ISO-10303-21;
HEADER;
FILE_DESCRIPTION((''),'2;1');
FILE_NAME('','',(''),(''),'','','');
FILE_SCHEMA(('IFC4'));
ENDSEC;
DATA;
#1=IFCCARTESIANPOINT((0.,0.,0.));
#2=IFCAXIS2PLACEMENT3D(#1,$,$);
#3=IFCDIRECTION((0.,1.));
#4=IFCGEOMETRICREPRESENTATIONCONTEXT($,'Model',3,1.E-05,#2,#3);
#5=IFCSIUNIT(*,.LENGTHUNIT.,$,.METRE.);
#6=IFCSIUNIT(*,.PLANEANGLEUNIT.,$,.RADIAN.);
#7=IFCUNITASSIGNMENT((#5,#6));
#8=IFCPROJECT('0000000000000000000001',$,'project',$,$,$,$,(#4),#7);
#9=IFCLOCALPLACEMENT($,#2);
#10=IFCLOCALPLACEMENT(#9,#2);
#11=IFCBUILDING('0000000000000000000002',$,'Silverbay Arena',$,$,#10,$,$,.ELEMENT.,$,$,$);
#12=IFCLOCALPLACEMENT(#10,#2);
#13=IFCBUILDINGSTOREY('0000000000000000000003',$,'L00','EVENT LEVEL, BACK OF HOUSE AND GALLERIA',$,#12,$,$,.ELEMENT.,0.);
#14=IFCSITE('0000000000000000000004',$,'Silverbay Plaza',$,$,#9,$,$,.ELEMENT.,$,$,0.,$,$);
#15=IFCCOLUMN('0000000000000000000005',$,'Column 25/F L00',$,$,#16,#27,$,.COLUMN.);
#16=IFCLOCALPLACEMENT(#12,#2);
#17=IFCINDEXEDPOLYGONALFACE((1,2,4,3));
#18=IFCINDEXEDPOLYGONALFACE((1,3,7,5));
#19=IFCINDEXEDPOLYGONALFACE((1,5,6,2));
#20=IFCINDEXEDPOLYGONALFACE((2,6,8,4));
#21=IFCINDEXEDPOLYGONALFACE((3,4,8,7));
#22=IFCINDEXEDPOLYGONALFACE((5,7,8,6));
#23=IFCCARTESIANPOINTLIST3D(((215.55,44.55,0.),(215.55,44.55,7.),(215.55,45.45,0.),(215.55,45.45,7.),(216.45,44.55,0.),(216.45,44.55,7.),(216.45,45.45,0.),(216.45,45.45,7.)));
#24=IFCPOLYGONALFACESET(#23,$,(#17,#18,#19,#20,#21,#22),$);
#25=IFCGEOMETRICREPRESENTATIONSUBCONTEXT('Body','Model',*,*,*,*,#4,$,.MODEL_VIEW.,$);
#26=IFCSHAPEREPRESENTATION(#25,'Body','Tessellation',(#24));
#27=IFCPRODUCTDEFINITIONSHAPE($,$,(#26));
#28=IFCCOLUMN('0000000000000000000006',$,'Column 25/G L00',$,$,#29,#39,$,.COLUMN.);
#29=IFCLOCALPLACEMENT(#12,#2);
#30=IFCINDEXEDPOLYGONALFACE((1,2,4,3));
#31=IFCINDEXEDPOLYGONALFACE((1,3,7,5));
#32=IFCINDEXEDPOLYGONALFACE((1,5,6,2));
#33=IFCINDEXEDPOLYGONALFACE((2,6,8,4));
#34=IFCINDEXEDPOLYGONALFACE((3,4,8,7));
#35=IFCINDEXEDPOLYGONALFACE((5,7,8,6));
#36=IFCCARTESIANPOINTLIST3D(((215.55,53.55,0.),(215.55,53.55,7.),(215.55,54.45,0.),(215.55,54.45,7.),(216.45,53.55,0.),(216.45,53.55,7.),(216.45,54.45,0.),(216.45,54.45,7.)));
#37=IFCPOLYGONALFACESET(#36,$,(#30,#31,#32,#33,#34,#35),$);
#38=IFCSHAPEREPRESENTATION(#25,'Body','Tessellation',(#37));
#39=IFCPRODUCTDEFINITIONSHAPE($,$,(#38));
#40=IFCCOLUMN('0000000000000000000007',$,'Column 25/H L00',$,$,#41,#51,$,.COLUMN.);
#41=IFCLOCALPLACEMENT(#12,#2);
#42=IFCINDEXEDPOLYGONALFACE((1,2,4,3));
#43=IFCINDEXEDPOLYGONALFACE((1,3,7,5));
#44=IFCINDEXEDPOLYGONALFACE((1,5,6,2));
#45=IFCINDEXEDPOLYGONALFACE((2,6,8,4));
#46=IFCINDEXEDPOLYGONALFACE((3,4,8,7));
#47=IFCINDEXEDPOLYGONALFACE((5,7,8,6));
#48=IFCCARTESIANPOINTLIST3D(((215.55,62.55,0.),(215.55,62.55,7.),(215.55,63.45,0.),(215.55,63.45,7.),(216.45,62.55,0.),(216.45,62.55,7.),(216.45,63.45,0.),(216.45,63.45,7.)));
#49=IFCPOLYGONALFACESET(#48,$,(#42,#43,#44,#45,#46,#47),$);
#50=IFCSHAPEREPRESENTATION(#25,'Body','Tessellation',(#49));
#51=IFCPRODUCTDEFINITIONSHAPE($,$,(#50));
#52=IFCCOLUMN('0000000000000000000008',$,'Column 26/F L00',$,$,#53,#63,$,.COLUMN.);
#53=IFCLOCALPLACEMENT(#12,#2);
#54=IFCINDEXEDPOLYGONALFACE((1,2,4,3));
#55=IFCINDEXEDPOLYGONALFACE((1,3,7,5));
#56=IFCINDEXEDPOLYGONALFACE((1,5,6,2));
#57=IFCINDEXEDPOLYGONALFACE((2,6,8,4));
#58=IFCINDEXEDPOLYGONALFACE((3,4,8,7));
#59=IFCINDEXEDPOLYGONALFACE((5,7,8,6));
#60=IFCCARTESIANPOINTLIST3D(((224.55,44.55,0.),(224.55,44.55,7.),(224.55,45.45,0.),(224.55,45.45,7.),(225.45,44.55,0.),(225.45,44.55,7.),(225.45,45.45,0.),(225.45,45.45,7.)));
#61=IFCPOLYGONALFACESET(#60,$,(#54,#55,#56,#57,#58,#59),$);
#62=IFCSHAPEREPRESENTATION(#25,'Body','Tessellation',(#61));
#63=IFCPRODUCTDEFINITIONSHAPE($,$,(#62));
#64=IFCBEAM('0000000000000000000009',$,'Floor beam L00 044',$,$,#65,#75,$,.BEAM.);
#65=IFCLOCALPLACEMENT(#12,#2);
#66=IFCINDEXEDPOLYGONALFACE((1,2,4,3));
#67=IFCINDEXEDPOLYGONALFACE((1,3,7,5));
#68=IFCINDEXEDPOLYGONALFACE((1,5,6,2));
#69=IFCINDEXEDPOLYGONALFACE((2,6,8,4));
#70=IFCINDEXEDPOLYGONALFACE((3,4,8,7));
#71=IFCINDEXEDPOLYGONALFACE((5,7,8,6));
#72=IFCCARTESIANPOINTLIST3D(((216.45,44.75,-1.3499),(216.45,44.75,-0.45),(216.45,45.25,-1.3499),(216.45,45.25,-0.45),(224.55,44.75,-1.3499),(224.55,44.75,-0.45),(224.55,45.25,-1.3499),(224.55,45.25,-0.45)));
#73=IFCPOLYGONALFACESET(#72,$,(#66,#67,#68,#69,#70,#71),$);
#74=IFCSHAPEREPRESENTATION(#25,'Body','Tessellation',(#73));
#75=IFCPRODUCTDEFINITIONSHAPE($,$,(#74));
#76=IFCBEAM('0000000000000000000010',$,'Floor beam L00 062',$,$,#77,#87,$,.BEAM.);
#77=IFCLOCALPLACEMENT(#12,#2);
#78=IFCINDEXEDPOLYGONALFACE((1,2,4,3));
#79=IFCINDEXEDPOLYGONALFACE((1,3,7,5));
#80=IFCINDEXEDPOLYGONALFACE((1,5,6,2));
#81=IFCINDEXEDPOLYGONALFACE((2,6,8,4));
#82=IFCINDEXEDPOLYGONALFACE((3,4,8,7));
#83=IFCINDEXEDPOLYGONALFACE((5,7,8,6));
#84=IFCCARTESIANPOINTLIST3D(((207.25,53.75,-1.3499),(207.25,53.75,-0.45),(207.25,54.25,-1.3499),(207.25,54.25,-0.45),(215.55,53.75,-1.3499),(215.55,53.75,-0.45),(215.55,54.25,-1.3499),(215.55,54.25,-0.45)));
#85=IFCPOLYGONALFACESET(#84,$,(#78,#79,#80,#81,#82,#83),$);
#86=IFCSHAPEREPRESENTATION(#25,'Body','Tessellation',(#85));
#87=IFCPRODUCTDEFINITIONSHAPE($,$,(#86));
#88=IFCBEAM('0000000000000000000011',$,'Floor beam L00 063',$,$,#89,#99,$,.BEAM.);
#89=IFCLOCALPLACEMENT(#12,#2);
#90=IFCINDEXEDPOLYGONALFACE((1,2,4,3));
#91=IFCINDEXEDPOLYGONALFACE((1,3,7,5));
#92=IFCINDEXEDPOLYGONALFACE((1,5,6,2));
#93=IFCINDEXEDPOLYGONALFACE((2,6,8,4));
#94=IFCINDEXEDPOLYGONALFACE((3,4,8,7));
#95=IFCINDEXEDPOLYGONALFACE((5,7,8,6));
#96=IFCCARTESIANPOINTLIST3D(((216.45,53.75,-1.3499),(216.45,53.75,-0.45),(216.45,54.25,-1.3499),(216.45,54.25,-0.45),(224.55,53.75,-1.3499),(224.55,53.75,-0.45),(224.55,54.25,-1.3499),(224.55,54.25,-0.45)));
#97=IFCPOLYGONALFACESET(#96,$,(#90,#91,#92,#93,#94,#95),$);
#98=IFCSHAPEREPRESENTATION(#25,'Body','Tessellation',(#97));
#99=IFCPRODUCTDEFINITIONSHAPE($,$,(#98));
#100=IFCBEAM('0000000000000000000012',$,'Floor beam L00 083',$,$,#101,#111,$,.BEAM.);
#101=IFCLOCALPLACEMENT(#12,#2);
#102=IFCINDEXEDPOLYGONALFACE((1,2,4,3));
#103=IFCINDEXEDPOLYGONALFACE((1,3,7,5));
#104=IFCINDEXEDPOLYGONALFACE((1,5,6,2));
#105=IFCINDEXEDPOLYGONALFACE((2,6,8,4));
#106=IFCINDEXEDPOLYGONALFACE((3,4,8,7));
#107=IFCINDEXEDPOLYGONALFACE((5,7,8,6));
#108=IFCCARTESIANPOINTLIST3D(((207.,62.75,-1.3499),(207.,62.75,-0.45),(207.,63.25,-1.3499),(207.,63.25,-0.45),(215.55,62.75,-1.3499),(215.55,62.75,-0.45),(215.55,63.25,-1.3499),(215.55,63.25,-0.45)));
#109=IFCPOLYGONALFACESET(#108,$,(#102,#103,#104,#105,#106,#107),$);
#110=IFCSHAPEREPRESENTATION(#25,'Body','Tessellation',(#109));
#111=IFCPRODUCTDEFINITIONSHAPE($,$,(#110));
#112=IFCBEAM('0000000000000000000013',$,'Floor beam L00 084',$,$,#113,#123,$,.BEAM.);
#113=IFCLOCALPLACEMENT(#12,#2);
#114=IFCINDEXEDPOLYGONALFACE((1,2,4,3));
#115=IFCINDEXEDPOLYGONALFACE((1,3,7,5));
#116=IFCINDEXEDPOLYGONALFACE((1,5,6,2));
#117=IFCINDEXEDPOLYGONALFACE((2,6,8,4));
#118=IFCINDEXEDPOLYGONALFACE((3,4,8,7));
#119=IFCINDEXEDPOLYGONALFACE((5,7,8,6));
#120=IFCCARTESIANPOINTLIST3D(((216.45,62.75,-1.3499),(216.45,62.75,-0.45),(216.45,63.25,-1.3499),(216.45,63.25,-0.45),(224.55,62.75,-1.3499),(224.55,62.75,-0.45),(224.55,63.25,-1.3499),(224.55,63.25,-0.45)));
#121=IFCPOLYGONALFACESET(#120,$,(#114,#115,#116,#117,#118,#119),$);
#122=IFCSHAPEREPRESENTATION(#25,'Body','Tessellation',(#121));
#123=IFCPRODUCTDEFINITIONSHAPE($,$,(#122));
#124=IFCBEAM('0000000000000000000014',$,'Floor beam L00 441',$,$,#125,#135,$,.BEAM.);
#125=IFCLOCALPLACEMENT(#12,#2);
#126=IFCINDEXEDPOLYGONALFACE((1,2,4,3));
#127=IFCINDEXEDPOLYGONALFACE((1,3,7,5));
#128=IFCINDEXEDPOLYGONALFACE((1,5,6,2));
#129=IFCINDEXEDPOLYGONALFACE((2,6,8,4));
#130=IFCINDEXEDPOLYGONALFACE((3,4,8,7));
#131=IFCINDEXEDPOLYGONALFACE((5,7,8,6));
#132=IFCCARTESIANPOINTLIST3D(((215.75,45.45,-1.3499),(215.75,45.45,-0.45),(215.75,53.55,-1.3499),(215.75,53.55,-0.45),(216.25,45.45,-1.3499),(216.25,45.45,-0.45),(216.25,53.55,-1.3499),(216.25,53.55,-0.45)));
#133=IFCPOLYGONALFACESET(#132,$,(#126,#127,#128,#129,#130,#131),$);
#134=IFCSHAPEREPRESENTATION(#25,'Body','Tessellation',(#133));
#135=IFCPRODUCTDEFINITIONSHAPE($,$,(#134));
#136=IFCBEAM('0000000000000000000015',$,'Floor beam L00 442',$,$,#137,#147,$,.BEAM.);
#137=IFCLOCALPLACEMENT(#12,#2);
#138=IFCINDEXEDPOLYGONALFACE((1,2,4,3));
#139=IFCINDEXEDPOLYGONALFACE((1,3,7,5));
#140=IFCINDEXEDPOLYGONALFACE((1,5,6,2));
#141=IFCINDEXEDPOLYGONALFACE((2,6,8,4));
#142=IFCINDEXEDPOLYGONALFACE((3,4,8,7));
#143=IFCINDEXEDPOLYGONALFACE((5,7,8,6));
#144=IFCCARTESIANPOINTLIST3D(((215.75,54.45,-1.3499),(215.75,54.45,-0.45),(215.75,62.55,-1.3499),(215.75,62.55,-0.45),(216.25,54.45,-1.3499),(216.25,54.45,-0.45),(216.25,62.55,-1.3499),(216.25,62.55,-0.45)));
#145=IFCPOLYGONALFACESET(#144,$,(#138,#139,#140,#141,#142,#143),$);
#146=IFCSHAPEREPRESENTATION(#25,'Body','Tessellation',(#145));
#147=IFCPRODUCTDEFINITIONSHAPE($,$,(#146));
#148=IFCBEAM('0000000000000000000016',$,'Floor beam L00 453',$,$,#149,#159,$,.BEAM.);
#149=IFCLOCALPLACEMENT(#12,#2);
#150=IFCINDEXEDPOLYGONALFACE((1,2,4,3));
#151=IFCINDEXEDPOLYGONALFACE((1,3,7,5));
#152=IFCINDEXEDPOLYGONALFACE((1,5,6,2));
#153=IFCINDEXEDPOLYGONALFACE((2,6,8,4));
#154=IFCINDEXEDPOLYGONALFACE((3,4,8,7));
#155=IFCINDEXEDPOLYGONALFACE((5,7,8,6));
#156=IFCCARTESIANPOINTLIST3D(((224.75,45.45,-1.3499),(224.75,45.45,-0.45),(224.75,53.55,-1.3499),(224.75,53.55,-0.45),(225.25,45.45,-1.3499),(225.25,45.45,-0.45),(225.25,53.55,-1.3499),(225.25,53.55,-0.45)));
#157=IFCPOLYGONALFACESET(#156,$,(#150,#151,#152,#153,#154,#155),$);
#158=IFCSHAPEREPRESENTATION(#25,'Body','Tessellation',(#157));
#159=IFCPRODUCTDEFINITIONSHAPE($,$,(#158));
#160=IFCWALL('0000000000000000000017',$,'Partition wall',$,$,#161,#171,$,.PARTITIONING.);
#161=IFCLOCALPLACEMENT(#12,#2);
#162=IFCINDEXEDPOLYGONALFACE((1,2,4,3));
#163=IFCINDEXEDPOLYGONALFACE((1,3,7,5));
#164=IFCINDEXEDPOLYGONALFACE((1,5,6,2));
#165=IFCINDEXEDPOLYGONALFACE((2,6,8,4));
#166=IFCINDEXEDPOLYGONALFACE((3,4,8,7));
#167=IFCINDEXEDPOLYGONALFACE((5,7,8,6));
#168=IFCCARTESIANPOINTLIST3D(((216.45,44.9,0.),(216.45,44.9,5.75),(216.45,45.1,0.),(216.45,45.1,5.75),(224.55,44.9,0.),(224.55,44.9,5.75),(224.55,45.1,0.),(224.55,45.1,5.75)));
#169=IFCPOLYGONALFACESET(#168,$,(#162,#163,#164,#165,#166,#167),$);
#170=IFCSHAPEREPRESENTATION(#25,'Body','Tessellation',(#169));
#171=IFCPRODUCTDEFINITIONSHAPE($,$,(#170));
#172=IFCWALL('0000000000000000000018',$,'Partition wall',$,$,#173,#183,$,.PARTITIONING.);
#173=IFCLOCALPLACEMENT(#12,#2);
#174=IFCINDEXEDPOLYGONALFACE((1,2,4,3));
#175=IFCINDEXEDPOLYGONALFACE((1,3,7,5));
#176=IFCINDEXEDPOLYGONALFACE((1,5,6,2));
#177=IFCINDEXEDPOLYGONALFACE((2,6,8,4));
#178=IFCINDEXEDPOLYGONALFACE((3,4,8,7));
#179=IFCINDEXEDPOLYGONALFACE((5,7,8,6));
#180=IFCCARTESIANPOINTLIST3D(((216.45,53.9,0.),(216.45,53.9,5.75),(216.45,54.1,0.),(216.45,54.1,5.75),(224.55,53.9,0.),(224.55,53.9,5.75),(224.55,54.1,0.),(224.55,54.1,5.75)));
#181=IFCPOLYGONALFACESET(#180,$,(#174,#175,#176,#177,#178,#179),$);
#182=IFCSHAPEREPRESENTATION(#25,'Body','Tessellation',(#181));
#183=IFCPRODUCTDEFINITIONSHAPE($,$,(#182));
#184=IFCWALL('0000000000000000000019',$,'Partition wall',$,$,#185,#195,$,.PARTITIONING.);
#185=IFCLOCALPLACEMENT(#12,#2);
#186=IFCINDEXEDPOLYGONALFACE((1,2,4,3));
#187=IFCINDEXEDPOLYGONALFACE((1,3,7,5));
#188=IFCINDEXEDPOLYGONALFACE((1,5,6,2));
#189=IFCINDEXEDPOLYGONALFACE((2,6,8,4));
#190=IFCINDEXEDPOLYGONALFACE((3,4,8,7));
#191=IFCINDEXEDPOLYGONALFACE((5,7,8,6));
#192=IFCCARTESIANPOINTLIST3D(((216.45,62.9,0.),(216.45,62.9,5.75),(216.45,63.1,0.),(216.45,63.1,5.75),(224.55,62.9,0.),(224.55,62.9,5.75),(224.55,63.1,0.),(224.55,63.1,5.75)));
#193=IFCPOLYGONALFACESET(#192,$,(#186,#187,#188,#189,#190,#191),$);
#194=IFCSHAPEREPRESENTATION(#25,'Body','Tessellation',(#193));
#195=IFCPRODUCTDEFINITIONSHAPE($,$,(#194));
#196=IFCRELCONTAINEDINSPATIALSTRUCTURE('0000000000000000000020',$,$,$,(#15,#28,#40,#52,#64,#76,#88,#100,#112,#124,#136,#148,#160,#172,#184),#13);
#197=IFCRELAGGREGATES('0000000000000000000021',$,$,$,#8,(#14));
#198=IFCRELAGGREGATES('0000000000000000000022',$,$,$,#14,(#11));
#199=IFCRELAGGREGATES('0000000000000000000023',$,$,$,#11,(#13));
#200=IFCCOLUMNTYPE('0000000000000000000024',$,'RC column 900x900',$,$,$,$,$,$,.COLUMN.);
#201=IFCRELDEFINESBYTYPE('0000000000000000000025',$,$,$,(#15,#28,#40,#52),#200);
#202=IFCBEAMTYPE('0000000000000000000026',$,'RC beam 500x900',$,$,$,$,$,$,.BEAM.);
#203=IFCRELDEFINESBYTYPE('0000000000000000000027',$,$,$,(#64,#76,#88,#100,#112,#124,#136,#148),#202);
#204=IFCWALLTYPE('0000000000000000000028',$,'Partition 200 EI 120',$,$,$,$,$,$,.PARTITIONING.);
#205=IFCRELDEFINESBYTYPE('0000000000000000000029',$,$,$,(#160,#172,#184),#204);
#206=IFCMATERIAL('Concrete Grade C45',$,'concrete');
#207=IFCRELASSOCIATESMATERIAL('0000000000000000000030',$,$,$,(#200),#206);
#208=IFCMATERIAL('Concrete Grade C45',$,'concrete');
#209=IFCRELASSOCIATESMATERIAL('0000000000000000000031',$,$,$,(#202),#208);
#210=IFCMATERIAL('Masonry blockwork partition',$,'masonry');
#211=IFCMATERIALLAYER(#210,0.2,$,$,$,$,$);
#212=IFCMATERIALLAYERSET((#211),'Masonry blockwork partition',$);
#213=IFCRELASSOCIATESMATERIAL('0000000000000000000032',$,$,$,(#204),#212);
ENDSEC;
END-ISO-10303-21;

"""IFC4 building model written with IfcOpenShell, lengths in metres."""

from ifc_helpers import new_model, si_unit, direction, frame, frame_2d, origin, origin_2d, place, context, subcontext, project, spatial, rectangle, extrude, material, layer, layer_set, material_profile, profile_set, type_object, element, save


model = new_model("IFC4")

# Units and contexts
model_context = context("Model", 3, precision=1e-05, world=origin(), true_north=direction((0.0, 1.0)))
body_context = subcontext(model_context, "Body", "Model", "MODEL_VIEW")
ifc_project = project(units=[si_unit("LENGTHUNIT", "METRE"), si_unit("PLANEANGLEUNIT", "RADIAN")], contexts=[model_context])

# Site, building, storey
site_placement = place(None, origin())
site = spatial("IfcSite", under=ifc_project, at=site_placement, Name="Silverbay Plaza", CompositionType="ELEMENT", RefElevation=0.0)
building_placement = place(site_placement, origin())
building = spatial("IfcBuilding", under=site, at=building_placement, Name="Silverbay Arena", CompositionType="ELEMENT")
storey_placement = place(building_placement, origin())
storey = spatial("IfcBuildingStorey", under=building, at=storey_placement, Name="L00", Description="EVENT LEVEL, BACK OF HOUSE AND GALLERIA", CompositionType="ELEMENT", Elevation=0.0)

# Columns
ifc_material_1 = material(Name="Concrete Grade C45", Category="concrete")
ifc_material_profile_1 = material_profile(ifc_material_1, rectangle(XDim=0.8999, YDim=0.8999, at=origin_2d()), Name="RC 900x900")
ifc_profile_set_1 = profile_set([ifc_material_profile_1], Name="Concrete Grade C45")
column_type = type_object("IfcColumnType", Name="RC column 900x900", PredefinedType="COLUMN", material=ifc_profile_set_1)
for number, where, z_axis, x_axis, name in (
    (1, (216.0, 45.0, 0.0), (0.0, 0.0, 1.0), (1.0, 0.0, 0.0), "Column 25/F L00"),
    (2, (216.0, 54.0, 0.0), (0.0, 0.0, 1.0), (1.0, 0.0, 0.0), "Column 25/G L00"),
    (3, (216.0, 63.0, 0.0), (0.0, 0.0, 1.0), (1.0, 0.0, 0.0), "Column 25/H L00"),
    (4, (225.0, 45.0, 0.0), (0.0, 0.0, 1.0), (1.0, 0.0, 0.0), "Column 26/F L00"),
):
    element("IfcColumn", number, at=place(storey_placement, frame(where, z_axis=z_axis, x_axis=x_axis)), inside=storey, type_object=column_type, Name=name, PredefinedType="COLUMN", context=body_context, shape_type="SweptSolid", body=[
        extrude(rectangle(XDim=0.8999, YDim=0.8999, at=origin_2d()), origin(), (0.0, 0.0, 1.0), 7.0),
    ])

# Beams
ifc_material_2 = material(Name="Concrete Grade C45", Category="concrete")
ifc_material_profile_2 = material_profile(ifc_material_2, rectangle(XDim=0.5, YDim=0.8999, at=origin_2d()), Name="RC 500x900")
ifc_profile_set_2 = profile_set([ifc_material_profile_2], Name="Concrete Grade C45")
beam_type = type_object("IfcBeamType", Name="RC beam 500x900", PredefinedType="BEAM", material=ifc_profile_set_2)
beam_1_placement = place(storey_placement, frame((216.45, 45.0, -0.8999), z_axis=(1.0, 0.0, 0.0), x_axis=(0.0, 1.0, 0.0)))
element("IfcBeam", 5, at=beam_1_placement, inside=storey, type_object=beam_type, Name="Floor beam L00 044", PredefinedType="BEAM", context=body_context, shape_type="SweptSolid", body=[
    extrude(rectangle(XDim=0.5, YDim=0.8999, at=origin_2d()), origin(), (0.0, 0.0, 1.0), 8.1001),
])
beam_2_placement = place(storey_placement, frame((207.25, 54.0, -0.8999), z_axis=(1.0, 0.0, 0.0), x_axis=(0.0, 1.0, 0.0)))
element("IfcBeam", 6, at=beam_2_placement, inside=storey, type_object=beam_type, Name="Floor beam L00 062", PredefinedType="BEAM", context=body_context, shape_type="SweptSolid", body=[
    extrude(rectangle(XDim=0.5, YDim=0.8999, at=origin_2d()), origin(), (0.0, 0.0, 1.0), 8.3),
])
beam_3_placement = place(storey_placement, frame((216.45, 54.0, -0.8999), z_axis=(1.0, 0.0, 0.0), x_axis=(0.0, 1.0, 0.0)))
element("IfcBeam", 7, at=beam_3_placement, inside=storey, type_object=beam_type, Name="Floor beam L00 063", PredefinedType="BEAM", context=body_context, shape_type="SweptSolid", body=[
    extrude(rectangle(XDim=0.5, YDim=0.8999, at=origin_2d()), origin(), (0.0, 0.0, 1.0), 8.1001),
])
beam_4_placement = place(storey_placement, frame((207.0, 63.0, -0.8999), z_axis=(1.0, 0.0, 0.0), x_axis=(0.0, 1.0, 0.0)))
element("IfcBeam", 8, at=beam_4_placement, inside=storey, type_object=beam_type, Name="Floor beam L00 083", PredefinedType="BEAM", context=body_context, shape_type="SweptSolid", body=[
    extrude(rectangle(XDim=0.5, YDim=0.8999, at=origin_2d()), origin(), (0.0, 0.0, 1.0), 8.55),
])
for number, where, z_axis, x_axis, name in (
    (9, (216.45, 63.0, -0.8999), (1.0, 0.0, 0.0), (0.0, 1.0, 0.0), "Floor beam L00 084"),
    (10, (216.0, 45.45, -0.8999), (0.0, 1.0, 0.0), (-1.0, 0.0, 0.0), "Floor beam L00 441"),
    (11, (216.0, 54.45, -0.8999), (0.0, 1.0, 0.0), (-1.0, 0.0, 0.0), "Floor beam L00 442"),
    (12, (225.0, 45.45, -0.8999), (0.0, 1.0, 0.0), (-1.0, 0.0, 0.0), "Floor beam L00 453"),
):
    element("IfcBeam", number, at=place(storey_placement, frame(where, z_axis=z_axis, x_axis=x_axis)), inside=storey, type_object=beam_type, Name=name, PredefinedType="BEAM", context=body_context, shape_type="SweptSolid", body=[
        extrude(rectangle(XDim=0.5, YDim=0.8999, at=origin_2d()), origin(), (0.0, 0.0, 1.0), 8.1001),
    ])

# Walls
ifc_material_3 = material(Name="Masonry blockwork partition", Category="masonry")
ifc_layer_1 = layer(ifc_material_3, 0.2)
ifc_layer_set_1 = layer_set([ifc_layer_1], Name="Masonry blockwork partition")
wall_type_1 = type_object("IfcWallType", Name="Partition 200 EI 120", PredefinedType="PARTITIONING", material=ifc_layer_set_1)
for number, where, z_axis, x_axis, name in (
    (13, (216.45, 45.0, 0.0), (0.0, 0.0, 1.0), (1.0, 0.0, 0.0), "Partition wall"),
    (14, (216.45, 54.0, 0.0), (0.0, 0.0, 1.0), (1.0, 0.0, 0.0), "Partition wall"),
    (15, (216.45, 63.0, 0.0), (0.0, 0.0, 1.0), (1.0, 0.0, 0.0), "Partition wall"),
):
    element("IfcWall", number, at=place(storey_placement, frame(where, z_axis=z_axis, x_axis=x_axis)), inside=storey, type_object=wall_type_1, Name=name, PredefinedType="PARTITIONING", context=body_context, shape_type="SweptSolid", body=[
        extrude(rectangle(XDim=8.1001, YDim=0.2, at=frame_2d((4.05, 0.0))), origin(), (0.0, 0.0, 1.0), 5.75),
    ])

save(model, "model.ifc")
